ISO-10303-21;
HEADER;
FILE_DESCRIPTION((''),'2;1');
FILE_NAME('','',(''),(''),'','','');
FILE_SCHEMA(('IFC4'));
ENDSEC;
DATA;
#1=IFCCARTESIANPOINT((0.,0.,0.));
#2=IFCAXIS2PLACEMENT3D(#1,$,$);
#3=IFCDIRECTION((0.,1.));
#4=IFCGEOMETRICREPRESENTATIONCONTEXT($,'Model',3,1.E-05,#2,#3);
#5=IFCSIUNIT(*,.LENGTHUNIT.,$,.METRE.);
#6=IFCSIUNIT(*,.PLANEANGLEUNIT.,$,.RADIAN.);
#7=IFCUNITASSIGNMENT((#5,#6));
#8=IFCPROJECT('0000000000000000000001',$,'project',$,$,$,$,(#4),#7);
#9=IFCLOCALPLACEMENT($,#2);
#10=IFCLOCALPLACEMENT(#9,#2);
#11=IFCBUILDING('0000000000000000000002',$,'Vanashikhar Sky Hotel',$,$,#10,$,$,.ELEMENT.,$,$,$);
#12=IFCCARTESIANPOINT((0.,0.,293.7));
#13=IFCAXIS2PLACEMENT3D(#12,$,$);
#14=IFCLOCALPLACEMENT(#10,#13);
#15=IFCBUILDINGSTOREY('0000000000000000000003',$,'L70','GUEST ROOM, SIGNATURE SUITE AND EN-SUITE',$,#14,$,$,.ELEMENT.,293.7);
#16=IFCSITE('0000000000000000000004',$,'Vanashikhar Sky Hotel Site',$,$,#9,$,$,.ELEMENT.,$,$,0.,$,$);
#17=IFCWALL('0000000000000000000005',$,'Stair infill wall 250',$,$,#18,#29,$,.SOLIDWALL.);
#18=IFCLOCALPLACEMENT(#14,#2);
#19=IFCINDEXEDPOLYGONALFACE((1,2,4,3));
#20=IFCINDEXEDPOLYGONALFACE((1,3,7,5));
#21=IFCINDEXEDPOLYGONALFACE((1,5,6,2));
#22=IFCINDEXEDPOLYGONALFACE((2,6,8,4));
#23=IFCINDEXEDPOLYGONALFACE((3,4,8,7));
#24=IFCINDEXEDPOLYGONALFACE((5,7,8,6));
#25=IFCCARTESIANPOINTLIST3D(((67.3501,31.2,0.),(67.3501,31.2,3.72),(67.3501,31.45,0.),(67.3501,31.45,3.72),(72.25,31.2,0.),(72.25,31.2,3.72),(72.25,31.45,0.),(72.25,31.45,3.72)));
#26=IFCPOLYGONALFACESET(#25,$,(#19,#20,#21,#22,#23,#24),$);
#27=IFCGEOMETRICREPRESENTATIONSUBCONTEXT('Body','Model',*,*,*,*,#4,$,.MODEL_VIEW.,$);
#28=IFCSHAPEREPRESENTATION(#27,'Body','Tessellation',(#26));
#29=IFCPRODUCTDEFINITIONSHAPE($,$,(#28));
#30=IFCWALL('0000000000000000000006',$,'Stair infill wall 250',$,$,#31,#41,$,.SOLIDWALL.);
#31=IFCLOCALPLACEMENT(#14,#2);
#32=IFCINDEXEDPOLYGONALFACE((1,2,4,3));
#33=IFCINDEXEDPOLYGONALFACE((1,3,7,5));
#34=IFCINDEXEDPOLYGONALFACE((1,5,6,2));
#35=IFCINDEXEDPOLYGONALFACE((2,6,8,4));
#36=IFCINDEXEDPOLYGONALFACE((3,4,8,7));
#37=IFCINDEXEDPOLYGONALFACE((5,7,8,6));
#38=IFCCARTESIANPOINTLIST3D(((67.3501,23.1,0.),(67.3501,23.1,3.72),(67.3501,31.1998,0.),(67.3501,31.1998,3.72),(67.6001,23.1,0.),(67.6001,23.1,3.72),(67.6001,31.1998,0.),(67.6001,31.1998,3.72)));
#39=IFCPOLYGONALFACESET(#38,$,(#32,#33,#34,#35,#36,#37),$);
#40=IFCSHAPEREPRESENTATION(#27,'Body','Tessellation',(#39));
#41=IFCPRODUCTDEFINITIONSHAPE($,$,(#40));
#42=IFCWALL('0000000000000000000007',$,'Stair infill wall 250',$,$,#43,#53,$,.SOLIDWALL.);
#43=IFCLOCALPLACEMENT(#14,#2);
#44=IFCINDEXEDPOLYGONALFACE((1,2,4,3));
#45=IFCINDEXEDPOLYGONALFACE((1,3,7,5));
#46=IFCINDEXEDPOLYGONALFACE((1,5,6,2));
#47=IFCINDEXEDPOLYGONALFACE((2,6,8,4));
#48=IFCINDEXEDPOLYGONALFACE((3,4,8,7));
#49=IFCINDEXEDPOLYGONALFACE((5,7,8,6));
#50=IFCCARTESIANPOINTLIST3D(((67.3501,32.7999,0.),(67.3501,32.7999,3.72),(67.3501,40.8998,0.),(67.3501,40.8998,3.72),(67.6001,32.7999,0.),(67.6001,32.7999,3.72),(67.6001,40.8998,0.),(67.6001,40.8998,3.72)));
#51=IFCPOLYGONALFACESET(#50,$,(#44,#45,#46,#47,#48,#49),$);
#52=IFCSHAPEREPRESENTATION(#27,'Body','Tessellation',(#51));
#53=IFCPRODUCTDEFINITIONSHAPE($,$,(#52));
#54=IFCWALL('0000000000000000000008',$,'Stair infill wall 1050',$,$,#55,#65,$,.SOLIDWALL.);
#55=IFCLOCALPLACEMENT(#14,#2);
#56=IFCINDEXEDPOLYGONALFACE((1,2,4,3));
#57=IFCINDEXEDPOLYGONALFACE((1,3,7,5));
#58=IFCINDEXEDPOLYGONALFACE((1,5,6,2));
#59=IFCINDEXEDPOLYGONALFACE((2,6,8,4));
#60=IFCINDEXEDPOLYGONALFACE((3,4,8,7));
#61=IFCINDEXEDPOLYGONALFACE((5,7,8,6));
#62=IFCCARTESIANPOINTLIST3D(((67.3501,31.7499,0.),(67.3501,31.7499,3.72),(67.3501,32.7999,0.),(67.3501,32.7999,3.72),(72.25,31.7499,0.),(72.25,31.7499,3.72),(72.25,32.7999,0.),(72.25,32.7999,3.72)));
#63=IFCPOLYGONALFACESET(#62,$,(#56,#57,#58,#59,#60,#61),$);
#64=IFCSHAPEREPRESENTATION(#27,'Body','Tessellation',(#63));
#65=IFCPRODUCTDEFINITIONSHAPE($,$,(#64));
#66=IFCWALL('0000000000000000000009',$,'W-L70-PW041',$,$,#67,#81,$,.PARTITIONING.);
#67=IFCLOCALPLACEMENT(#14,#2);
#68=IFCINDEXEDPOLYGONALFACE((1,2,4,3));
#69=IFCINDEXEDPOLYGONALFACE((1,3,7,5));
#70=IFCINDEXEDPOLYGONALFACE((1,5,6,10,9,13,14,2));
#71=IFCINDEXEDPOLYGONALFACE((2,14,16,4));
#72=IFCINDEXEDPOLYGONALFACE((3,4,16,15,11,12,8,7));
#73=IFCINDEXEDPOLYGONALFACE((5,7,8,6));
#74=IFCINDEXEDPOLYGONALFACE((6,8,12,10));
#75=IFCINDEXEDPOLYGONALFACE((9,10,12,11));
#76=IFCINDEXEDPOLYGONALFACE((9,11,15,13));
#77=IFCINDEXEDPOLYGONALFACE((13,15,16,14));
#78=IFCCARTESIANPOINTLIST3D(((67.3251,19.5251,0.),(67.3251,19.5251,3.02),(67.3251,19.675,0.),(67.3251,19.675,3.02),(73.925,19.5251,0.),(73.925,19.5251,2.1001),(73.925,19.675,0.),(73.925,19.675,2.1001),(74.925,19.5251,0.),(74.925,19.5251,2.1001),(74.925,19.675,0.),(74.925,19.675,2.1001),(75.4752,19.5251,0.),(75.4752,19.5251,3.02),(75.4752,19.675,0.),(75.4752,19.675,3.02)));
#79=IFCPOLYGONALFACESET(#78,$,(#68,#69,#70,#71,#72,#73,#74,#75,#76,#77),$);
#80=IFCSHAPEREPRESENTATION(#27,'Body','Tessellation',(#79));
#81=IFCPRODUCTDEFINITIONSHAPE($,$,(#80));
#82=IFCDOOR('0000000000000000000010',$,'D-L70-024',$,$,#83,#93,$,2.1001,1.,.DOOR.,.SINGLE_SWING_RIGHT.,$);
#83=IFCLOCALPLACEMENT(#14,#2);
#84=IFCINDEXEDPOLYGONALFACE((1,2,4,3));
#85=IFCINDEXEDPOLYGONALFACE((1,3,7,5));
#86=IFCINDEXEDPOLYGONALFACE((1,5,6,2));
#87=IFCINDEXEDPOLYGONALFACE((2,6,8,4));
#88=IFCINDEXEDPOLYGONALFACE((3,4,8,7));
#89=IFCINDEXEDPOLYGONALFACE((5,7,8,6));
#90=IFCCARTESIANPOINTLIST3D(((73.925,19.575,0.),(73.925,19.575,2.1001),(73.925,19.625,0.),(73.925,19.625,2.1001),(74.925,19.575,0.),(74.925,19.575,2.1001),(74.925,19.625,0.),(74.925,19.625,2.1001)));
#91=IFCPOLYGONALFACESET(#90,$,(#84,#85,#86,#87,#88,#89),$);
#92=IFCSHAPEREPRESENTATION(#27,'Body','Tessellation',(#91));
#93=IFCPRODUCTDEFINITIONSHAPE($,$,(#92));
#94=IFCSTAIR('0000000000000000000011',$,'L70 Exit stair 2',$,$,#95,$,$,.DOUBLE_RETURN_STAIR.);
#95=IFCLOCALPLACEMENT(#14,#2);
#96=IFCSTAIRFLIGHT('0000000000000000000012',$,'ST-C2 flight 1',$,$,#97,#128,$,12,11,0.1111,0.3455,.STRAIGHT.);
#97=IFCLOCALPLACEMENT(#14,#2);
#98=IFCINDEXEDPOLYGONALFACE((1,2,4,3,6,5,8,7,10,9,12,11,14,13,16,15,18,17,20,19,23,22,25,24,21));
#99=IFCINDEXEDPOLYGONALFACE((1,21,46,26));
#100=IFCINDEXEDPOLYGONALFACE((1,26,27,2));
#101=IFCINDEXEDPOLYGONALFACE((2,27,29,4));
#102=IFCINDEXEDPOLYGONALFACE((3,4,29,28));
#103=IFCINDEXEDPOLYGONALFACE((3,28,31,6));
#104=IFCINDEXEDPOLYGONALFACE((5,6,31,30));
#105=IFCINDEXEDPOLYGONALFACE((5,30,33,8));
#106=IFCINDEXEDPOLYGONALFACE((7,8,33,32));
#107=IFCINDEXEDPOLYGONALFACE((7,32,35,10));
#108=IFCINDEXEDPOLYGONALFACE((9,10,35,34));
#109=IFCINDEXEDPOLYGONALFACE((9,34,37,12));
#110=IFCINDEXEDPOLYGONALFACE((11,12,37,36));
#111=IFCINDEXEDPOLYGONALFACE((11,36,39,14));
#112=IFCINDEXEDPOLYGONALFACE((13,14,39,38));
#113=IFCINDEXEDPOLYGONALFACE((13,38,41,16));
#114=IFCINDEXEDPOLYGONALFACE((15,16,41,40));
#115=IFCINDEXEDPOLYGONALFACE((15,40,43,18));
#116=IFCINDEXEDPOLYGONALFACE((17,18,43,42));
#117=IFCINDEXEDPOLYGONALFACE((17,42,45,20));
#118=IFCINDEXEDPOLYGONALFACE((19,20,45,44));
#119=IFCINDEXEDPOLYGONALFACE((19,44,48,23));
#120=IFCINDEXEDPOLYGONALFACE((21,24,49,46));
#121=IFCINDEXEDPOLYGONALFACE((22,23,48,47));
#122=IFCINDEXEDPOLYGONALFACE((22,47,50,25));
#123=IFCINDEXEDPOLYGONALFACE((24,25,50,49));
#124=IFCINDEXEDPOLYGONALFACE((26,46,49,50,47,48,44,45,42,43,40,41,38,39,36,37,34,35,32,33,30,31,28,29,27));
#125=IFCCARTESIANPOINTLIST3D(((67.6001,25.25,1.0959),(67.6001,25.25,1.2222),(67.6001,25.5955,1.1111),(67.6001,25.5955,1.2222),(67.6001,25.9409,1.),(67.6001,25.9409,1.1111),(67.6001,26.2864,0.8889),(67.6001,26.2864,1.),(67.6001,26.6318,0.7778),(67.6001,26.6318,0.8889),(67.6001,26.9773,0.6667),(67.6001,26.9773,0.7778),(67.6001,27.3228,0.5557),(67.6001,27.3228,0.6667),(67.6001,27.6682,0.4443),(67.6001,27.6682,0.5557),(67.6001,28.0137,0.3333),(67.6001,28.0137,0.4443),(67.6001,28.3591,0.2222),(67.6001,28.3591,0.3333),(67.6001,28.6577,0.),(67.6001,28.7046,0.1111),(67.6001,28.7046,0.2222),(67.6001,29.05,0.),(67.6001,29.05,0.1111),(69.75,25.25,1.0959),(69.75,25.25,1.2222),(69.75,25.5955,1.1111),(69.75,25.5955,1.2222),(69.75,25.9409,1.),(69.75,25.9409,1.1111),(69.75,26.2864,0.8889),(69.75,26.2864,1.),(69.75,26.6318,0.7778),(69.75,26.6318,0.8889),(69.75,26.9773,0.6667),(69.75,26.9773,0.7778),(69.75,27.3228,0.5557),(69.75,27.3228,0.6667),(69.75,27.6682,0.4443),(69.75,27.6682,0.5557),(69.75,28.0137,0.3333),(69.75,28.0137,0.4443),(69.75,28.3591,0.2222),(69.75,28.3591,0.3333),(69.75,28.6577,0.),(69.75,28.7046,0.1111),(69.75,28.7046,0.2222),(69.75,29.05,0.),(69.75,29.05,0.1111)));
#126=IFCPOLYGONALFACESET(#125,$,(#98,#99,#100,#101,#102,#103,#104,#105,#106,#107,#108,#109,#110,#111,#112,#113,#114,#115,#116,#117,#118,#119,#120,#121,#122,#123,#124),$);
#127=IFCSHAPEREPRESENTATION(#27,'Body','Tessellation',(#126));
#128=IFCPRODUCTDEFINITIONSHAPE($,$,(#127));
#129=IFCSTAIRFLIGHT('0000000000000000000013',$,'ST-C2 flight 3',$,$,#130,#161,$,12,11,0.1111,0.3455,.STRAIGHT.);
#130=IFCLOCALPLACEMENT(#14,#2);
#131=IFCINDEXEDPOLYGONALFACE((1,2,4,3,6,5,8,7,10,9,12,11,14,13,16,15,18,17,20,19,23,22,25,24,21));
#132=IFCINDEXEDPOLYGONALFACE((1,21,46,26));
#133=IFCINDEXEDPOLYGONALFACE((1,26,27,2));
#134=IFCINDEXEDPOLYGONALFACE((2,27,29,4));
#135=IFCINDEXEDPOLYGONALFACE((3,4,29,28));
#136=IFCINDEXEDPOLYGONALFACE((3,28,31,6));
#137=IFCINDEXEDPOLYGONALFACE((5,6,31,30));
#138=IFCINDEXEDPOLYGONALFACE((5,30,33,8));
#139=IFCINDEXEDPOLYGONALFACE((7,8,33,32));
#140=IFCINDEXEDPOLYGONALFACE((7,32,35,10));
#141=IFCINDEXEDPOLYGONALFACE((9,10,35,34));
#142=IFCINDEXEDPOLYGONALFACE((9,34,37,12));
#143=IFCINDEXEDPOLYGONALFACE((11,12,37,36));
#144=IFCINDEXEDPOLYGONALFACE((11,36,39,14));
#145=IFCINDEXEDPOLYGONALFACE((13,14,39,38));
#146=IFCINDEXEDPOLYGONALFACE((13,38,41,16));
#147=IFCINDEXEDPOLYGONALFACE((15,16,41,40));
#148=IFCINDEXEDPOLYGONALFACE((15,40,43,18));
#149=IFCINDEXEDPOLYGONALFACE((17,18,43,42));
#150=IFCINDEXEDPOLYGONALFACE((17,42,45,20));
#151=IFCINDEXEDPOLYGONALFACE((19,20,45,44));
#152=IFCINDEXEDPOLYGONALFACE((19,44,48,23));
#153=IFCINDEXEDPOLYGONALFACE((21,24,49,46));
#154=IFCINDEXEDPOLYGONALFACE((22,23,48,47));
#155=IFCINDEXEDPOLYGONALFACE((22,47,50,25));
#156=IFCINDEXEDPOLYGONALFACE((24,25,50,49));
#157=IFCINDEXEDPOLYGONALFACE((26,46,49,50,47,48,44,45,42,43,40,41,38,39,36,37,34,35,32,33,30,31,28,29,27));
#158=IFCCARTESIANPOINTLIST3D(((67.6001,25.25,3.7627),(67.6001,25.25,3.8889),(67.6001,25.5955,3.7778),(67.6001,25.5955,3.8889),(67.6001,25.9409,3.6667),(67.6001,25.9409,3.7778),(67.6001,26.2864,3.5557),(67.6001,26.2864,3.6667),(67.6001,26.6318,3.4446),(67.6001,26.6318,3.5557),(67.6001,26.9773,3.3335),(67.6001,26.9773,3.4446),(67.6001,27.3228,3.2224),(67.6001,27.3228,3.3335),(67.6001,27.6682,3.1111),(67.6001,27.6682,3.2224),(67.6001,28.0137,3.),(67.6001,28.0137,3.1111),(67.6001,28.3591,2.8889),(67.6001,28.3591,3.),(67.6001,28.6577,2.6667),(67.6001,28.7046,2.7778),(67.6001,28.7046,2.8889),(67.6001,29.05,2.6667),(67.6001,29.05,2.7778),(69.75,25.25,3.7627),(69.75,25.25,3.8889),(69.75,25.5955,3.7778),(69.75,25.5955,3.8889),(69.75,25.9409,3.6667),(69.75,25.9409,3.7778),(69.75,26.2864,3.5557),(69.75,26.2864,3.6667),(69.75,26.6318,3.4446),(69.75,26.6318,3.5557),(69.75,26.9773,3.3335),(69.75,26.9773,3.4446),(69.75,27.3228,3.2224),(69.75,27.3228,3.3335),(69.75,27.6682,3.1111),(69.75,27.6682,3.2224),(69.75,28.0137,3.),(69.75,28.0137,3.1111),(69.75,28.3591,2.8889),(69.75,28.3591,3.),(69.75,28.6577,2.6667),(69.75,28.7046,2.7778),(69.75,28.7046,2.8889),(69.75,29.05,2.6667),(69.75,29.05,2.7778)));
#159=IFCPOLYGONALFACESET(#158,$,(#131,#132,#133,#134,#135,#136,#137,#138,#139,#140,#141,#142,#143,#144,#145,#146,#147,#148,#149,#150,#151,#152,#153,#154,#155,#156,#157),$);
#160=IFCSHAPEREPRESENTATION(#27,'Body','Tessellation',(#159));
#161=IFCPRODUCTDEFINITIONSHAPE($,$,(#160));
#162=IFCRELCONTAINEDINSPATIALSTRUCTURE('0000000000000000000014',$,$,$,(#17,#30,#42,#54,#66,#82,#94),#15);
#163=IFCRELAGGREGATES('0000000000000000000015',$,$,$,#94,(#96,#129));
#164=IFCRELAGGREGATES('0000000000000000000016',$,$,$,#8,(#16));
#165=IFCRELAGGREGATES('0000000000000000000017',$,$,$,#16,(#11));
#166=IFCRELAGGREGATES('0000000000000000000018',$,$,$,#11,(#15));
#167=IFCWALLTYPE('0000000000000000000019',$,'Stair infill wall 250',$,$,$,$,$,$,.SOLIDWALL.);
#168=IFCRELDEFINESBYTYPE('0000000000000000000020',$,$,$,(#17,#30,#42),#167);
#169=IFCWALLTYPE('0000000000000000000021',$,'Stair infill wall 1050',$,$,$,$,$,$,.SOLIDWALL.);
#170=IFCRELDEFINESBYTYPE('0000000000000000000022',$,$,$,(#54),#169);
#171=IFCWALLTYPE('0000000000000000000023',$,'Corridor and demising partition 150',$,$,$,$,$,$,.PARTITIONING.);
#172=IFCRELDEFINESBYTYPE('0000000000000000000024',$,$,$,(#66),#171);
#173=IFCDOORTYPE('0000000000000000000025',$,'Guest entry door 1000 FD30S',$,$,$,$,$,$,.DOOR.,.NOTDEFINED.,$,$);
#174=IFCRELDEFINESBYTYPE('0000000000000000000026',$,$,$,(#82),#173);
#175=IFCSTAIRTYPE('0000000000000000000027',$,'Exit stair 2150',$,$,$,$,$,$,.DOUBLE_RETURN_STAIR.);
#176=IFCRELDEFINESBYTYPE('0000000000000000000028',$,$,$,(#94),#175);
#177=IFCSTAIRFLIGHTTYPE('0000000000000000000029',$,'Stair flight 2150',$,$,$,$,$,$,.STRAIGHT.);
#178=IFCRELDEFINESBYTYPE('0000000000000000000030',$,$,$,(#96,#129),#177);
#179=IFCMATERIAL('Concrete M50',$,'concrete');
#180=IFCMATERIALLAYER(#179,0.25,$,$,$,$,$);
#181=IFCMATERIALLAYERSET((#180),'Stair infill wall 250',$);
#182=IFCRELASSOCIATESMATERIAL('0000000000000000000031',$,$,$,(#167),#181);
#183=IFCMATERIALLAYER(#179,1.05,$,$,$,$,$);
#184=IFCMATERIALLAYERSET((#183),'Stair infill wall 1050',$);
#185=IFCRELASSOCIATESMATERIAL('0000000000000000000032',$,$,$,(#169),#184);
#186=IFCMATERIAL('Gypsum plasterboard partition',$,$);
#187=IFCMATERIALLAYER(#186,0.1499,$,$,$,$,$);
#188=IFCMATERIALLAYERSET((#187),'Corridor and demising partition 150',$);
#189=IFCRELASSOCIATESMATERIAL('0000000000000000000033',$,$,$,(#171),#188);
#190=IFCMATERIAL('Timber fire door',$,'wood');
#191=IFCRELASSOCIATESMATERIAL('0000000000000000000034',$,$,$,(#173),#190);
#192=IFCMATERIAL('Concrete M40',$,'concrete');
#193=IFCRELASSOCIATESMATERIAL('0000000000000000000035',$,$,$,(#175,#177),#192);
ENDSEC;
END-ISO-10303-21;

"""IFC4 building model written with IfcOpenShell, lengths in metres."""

from ifc_helpers import new_model, si_unit, direction, frame, frame_2d, origin, place, context, subcontext, project, spatial, polyline, rectangle, outline, extrude, source, transform, mapped, material, layer, layer_set, type_object, element, fill, aggregate, save


model = new_model("IFC4")

# Units and contexts
model_context = context("Model", 3, precision=1e-05, world=origin(), true_north=direction((0.0, 1.0)))
body_context = subcontext(model_context, "Body", "Model", "MODEL_VIEW")
ifc_project = project(units=[si_unit("LENGTHUNIT", "METRE"), si_unit("PLANEANGLEUNIT", "RADIAN")], contexts=[model_context])

# Site, building, storey
site_placement = place(None, origin())
site = spatial("IfcSite", under=ifc_project, at=site_placement, Name="Vanashikhar Sky Hotel Site", CompositionType="ELEMENT", RefElevation=0.0)
building_placement = place(site_placement, origin())
building = spatial("IfcBuilding", under=site, at=building_placement, Name="Vanashikhar Sky Hotel", CompositionType="ELEMENT")
storey_placement = place(building_placement, frame((0.0, 0.0, 293.7)))
storey = spatial("IfcBuildingStorey", under=building, at=storey_placement, Name="L70", Description="GUEST ROOM, SIGNATURE SUITE AND EN-SUITE", CompositionType="ELEMENT", Elevation=293.7)

# Shared definitions
ifc_material_1 = material(Name="Concrete M50", Category="concrete")

# Walls
ifc_layer_1 = layer(ifc_material_1, 0.25)
ifc_layer_set_1 = layer_set([ifc_layer_1], Name="Stair infill wall 250")
wall_type_1 = type_object("IfcWallType", Name="Stair infill wall 250", PredefinedType="SOLIDWALL", material=ifc_layer_set_1)
shared_shape_1 = source(origin(), body_context, "Body", "SweptSolid", [
    extrude(rectangle(XDim=4.8999, YDim=0.25, at=frame_2d((2.45, 0.0))), origin(), (0.0, 0.0, 1.0), 3.72),
])
wall_1_placement = place(storey_placement, frame((67.3501, 31.325, 0.0), z_axis=(0.0, 0.0, 1.0), x_axis=(1.0, 0.0, 0.0)))
element("IfcWall", 1, at=wall_1_placement, inside=storey, type_object=wall_type_1, Name="Stair infill wall 250", PredefinedType="SOLIDWALL", context=body_context, shape_type="MappedRepresentation", body=[
    mapped(shared_shape_1, transform((0.0, 0.0, 0.0), scale=1.0)),
])
shared_shape_2 = source(origin(), body_context, "Body", "SweptSolid", [
    extrude(rectangle(XDim=8.0999, YDim=0.25, at=frame_2d((4.0498, 0.0))), origin(), (0.0, 0.0, 1.0), 3.72),
])
for number, where, z_axis, x_axis, name in (
    (2, (67.4751, 23.1001, 0.0), (0.0, 0.0, 1.0), (0.0, 1.0, 0.0), "Stair infill wall 250"),
    (3, (67.4751, 32.8, 0.0), (0.0, 0.0, 1.0), (0.0, 1.0, 0.0), "Stair infill wall 250"),
):
    element("IfcWall", number, at=place(storey_placement, frame(where, z_axis=z_axis, x_axis=x_axis)), inside=storey, type_object=wall_type_1, Name=name, PredefinedType="SOLIDWALL", context=body_context, shape_type="MappedRepresentation", body=[
        mapped(shared_shape_2, transform((0.0, 0.0, 0.0), scale=1.0)),
    ])
ifc_layer_2 = layer(ifc_material_1, 1.05)
ifc_layer_set_2 = layer_set([ifc_layer_2], Name="Stair infill wall 1050")
wall_type_2 = type_object("IfcWallType", Name="Stair infill wall 1050", PredefinedType="SOLIDWALL", material=ifc_layer_set_2)
shared_shape_3 = source(origin(), body_context, "Body", "SweptSolid", [
    extrude(rectangle(XDim=4.8999, YDim=1.05, at=frame_2d((2.45, 0.0))), origin(), (0.0, 0.0, 1.0), 3.72),
])
wall_2_placement = place(storey_placement, frame((67.3501, 32.2749, 0.0), z_axis=(0.0, 0.0, 1.0), x_axis=(1.0, 0.0, 0.0)))
element("IfcWall", 4, at=wall_2_placement, inside=storey, type_object=wall_type_2, Name="Stair infill wall 1050", PredefinedType="SOLIDWALL", context=body_context, shape_type="MappedRepresentation", body=[
    mapped(shared_shape_3, transform((0.0, 0.0, 0.0), scale=1.0)),
])

# Wall, opening, door
ifc_material_2 = material(Name="Gypsum plasterboard partition")
ifc_layer_3 = layer(ifc_material_2, 0.1499)
ifc_layer_set_3 = layer_set([ifc_layer_3], Name="Corridor and demising partition 150")
wall_type_3 = type_object("IfcWallType", Name="Corridor and demising partition 150", PredefinedType="PARTITIONING", material=ifc_layer_set_3)
shared_shape_4 = source(origin(), body_context, "Body", "SweptSolid", [
    extrude(rectangle(XDim=8.1501, YDim=0.1499, at=frame_2d((4.0752, 0.0))), origin(), (0.0, 0.0, 1.0), 3.02),
])
wall_3_placement = place(storey_placement, frame((67.325, 19.6001, 0.0), z_axis=(0.0, 0.0, 1.0), x_axis=(1.0, 0.0, 0.0)))
wall_3 = element("IfcWall", 5, at=wall_3_placement, inside=storey, type_object=wall_type_3, Name="W-L70-PW041", PredefinedType="PARTITIONING", context=body_context, shape_type="MappedRepresentation", body=[
    mapped(shared_shape_4, transform((0.0, 0.0, 0.0), scale=1.0)),
])
shared_shape_5 = source(origin(), body_context, "Body", "SweptSolid", [
    extrude(rectangle(XDim=1.0, YDim=2.1001, at=frame_2d((0.5, 1.05))), frame((0.0, 0.085, 0.0), z_axis=(0.0, -1.0, 0.0), x_axis=(1.0, 0.0, 0.0)), (0.0, 0.0, 1.0), 0.1699),
])
opening_1_placement = place(wall_3_placement, frame((6.6001, 0.0, 0.0)))
opening_1 = element("IfcOpeningElement", 6, at=opening_1_placement, cuts=wall_3, PredefinedType="OPENING", context=body_context, shape_type="MappedRepresentation", body=[
    mapped(shared_shape_5, transform((0.0, 0.0, 0.0), scale=1.0)),
])
ifc_material_3 = material(Name="Timber fire door", Category="wood")
door_type_1 = type_object("IfcDoorType", Name="Guest entry door 1000 FD30S", OperationType="NOTDEFINED", PredefinedType="DOOR", material=ifc_material_3)
shared_shape_6 = source(origin(), body_context, "Body", "SweptSolid", [
    extrude(rectangle(XDim=1.0, YDim=2.1001, at=frame_2d((0.5, 1.05))), frame((0.0, 0.0249, 0.0), z_axis=(0.0, -1.0, 0.0), x_axis=(1.0, 0.0, 0.0)), (0.0, 0.0, 1.0), 0.05),
])
door_1_placement = place(opening_1_placement, origin())
door_1 = element("IfcDoor", 7, at=door_1_placement, inside=storey, type_object=door_type_1, Name="D-L70-024", OperationType="SINGLE_SWING_RIGHT", OverallHeight=2.1001, OverallWidth=1.0, PredefinedType="DOOR", context=body_context, shape_type="MappedRepresentation", body=[
    mapped(shared_shape_6, transform((0.0, 0.0, 0.0), scale=1.0)),
])
fill(opening_1, door_1)

# Stair, stair flights
ifc_material_4 = material(Name="Concrete M40", Category="concrete")
stair_type = type_object("IfcStairType", Name="Exit stair 2150", PredefinedType="DOUBLE_RETURN_STAIR", material=ifc_material_4)
stair_1_placement = place(storey_placement, origin())
stair_1 = element("IfcStair", 8, at=stair_1_placement, inside=storey, type_object=stair_type, Name="L70 Exit stair 2", PredefinedType="DOUBLE_RETURN_STAIR")
stair_flight_type = type_object("IfcStairFlightType", Name="Stair flight 2150", PredefinedType="STRAIGHT", material=ifc_material_4)
shared_shape_7 = source(origin(), body_context, "Body", "SweptSolid", [
    extrude(outline(polyline([(0.0, 0.0), (0.0, 0.1111), (0.3455, 0.1111), (0.3455, 0.2222), (0.6909, 0.2222), (0.6909, 0.3333), (1.0364, 0.3333), (1.0364, 0.4443), (1.3818, 0.4443), (1.3818, 0.5557), (1.7273, 0.5557), (1.7273, 0.6667), (2.0728, 0.6667), (2.0728, 0.7778), (2.4182, 0.7778), (2.4182, 0.8889), (2.7637, 0.8889), (2.7637, 1.0), (3.1091, 1.0), (3.1091, 1.1111), (3.4546, 1.1111), (3.4546, 1.2222), (3.8, 1.2222), (3.8, 1.3333), (3.8, 1.0959), (0.3923, 0.0), (0.0, 0.0)])), frame((0.0, 1.075, 0.0), z_axis=(0.0, -1.0, 0.0), x_axis=(1.0, 0.0, 0.0)), (0.0, 0.0, 1.0), 2.1499),
])
stair_flight_1_placement = place(storey_placement, frame((68.675, 29.05, 0.0), z_axis=(0.0, 0.0, 1.0), x_axis=(0.0, -1.0, 0.0)))
stair_flight_1 = element("IfcStairFlight", 9, at=stair_flight_1_placement, type_object=stair_flight_type, Name="ST-C2 flight 1", NumberOfRisers=12, NumberOfTreads=11, PredefinedType="STRAIGHT", RiserHeight=0.1111, TreadLength=0.3455, context=body_context, shape_type="MappedRepresentation", body=[
    mapped(shared_shape_7, transform((0.0, 0.0, 0.0), scale=1.0)),
])
stair_flight_2_placement = place(storey_placement, frame((68.675, 29.05, 2.6667), z_axis=(0.0, 0.0, 1.0), x_axis=(0.0, -1.0, 0.0)))
stair_flight_2 = element("IfcStairFlight", 10, at=stair_flight_2_placement, type_object=stair_flight_type, Name="ST-C2 flight 3", NumberOfRisers=12, NumberOfTreads=11, PredefinedType="STRAIGHT", RiserHeight=0.1111, TreadLength=0.3455, context=body_context, shape_type="MappedRepresentation", body=[
    mapped(shared_shape_7, transform((0.0, 0.0, 0.0), scale=1.0)),
])
aggregate(stair_1, [stair_flight_1, stair_flight_2])

save(model, "model.ifc")
